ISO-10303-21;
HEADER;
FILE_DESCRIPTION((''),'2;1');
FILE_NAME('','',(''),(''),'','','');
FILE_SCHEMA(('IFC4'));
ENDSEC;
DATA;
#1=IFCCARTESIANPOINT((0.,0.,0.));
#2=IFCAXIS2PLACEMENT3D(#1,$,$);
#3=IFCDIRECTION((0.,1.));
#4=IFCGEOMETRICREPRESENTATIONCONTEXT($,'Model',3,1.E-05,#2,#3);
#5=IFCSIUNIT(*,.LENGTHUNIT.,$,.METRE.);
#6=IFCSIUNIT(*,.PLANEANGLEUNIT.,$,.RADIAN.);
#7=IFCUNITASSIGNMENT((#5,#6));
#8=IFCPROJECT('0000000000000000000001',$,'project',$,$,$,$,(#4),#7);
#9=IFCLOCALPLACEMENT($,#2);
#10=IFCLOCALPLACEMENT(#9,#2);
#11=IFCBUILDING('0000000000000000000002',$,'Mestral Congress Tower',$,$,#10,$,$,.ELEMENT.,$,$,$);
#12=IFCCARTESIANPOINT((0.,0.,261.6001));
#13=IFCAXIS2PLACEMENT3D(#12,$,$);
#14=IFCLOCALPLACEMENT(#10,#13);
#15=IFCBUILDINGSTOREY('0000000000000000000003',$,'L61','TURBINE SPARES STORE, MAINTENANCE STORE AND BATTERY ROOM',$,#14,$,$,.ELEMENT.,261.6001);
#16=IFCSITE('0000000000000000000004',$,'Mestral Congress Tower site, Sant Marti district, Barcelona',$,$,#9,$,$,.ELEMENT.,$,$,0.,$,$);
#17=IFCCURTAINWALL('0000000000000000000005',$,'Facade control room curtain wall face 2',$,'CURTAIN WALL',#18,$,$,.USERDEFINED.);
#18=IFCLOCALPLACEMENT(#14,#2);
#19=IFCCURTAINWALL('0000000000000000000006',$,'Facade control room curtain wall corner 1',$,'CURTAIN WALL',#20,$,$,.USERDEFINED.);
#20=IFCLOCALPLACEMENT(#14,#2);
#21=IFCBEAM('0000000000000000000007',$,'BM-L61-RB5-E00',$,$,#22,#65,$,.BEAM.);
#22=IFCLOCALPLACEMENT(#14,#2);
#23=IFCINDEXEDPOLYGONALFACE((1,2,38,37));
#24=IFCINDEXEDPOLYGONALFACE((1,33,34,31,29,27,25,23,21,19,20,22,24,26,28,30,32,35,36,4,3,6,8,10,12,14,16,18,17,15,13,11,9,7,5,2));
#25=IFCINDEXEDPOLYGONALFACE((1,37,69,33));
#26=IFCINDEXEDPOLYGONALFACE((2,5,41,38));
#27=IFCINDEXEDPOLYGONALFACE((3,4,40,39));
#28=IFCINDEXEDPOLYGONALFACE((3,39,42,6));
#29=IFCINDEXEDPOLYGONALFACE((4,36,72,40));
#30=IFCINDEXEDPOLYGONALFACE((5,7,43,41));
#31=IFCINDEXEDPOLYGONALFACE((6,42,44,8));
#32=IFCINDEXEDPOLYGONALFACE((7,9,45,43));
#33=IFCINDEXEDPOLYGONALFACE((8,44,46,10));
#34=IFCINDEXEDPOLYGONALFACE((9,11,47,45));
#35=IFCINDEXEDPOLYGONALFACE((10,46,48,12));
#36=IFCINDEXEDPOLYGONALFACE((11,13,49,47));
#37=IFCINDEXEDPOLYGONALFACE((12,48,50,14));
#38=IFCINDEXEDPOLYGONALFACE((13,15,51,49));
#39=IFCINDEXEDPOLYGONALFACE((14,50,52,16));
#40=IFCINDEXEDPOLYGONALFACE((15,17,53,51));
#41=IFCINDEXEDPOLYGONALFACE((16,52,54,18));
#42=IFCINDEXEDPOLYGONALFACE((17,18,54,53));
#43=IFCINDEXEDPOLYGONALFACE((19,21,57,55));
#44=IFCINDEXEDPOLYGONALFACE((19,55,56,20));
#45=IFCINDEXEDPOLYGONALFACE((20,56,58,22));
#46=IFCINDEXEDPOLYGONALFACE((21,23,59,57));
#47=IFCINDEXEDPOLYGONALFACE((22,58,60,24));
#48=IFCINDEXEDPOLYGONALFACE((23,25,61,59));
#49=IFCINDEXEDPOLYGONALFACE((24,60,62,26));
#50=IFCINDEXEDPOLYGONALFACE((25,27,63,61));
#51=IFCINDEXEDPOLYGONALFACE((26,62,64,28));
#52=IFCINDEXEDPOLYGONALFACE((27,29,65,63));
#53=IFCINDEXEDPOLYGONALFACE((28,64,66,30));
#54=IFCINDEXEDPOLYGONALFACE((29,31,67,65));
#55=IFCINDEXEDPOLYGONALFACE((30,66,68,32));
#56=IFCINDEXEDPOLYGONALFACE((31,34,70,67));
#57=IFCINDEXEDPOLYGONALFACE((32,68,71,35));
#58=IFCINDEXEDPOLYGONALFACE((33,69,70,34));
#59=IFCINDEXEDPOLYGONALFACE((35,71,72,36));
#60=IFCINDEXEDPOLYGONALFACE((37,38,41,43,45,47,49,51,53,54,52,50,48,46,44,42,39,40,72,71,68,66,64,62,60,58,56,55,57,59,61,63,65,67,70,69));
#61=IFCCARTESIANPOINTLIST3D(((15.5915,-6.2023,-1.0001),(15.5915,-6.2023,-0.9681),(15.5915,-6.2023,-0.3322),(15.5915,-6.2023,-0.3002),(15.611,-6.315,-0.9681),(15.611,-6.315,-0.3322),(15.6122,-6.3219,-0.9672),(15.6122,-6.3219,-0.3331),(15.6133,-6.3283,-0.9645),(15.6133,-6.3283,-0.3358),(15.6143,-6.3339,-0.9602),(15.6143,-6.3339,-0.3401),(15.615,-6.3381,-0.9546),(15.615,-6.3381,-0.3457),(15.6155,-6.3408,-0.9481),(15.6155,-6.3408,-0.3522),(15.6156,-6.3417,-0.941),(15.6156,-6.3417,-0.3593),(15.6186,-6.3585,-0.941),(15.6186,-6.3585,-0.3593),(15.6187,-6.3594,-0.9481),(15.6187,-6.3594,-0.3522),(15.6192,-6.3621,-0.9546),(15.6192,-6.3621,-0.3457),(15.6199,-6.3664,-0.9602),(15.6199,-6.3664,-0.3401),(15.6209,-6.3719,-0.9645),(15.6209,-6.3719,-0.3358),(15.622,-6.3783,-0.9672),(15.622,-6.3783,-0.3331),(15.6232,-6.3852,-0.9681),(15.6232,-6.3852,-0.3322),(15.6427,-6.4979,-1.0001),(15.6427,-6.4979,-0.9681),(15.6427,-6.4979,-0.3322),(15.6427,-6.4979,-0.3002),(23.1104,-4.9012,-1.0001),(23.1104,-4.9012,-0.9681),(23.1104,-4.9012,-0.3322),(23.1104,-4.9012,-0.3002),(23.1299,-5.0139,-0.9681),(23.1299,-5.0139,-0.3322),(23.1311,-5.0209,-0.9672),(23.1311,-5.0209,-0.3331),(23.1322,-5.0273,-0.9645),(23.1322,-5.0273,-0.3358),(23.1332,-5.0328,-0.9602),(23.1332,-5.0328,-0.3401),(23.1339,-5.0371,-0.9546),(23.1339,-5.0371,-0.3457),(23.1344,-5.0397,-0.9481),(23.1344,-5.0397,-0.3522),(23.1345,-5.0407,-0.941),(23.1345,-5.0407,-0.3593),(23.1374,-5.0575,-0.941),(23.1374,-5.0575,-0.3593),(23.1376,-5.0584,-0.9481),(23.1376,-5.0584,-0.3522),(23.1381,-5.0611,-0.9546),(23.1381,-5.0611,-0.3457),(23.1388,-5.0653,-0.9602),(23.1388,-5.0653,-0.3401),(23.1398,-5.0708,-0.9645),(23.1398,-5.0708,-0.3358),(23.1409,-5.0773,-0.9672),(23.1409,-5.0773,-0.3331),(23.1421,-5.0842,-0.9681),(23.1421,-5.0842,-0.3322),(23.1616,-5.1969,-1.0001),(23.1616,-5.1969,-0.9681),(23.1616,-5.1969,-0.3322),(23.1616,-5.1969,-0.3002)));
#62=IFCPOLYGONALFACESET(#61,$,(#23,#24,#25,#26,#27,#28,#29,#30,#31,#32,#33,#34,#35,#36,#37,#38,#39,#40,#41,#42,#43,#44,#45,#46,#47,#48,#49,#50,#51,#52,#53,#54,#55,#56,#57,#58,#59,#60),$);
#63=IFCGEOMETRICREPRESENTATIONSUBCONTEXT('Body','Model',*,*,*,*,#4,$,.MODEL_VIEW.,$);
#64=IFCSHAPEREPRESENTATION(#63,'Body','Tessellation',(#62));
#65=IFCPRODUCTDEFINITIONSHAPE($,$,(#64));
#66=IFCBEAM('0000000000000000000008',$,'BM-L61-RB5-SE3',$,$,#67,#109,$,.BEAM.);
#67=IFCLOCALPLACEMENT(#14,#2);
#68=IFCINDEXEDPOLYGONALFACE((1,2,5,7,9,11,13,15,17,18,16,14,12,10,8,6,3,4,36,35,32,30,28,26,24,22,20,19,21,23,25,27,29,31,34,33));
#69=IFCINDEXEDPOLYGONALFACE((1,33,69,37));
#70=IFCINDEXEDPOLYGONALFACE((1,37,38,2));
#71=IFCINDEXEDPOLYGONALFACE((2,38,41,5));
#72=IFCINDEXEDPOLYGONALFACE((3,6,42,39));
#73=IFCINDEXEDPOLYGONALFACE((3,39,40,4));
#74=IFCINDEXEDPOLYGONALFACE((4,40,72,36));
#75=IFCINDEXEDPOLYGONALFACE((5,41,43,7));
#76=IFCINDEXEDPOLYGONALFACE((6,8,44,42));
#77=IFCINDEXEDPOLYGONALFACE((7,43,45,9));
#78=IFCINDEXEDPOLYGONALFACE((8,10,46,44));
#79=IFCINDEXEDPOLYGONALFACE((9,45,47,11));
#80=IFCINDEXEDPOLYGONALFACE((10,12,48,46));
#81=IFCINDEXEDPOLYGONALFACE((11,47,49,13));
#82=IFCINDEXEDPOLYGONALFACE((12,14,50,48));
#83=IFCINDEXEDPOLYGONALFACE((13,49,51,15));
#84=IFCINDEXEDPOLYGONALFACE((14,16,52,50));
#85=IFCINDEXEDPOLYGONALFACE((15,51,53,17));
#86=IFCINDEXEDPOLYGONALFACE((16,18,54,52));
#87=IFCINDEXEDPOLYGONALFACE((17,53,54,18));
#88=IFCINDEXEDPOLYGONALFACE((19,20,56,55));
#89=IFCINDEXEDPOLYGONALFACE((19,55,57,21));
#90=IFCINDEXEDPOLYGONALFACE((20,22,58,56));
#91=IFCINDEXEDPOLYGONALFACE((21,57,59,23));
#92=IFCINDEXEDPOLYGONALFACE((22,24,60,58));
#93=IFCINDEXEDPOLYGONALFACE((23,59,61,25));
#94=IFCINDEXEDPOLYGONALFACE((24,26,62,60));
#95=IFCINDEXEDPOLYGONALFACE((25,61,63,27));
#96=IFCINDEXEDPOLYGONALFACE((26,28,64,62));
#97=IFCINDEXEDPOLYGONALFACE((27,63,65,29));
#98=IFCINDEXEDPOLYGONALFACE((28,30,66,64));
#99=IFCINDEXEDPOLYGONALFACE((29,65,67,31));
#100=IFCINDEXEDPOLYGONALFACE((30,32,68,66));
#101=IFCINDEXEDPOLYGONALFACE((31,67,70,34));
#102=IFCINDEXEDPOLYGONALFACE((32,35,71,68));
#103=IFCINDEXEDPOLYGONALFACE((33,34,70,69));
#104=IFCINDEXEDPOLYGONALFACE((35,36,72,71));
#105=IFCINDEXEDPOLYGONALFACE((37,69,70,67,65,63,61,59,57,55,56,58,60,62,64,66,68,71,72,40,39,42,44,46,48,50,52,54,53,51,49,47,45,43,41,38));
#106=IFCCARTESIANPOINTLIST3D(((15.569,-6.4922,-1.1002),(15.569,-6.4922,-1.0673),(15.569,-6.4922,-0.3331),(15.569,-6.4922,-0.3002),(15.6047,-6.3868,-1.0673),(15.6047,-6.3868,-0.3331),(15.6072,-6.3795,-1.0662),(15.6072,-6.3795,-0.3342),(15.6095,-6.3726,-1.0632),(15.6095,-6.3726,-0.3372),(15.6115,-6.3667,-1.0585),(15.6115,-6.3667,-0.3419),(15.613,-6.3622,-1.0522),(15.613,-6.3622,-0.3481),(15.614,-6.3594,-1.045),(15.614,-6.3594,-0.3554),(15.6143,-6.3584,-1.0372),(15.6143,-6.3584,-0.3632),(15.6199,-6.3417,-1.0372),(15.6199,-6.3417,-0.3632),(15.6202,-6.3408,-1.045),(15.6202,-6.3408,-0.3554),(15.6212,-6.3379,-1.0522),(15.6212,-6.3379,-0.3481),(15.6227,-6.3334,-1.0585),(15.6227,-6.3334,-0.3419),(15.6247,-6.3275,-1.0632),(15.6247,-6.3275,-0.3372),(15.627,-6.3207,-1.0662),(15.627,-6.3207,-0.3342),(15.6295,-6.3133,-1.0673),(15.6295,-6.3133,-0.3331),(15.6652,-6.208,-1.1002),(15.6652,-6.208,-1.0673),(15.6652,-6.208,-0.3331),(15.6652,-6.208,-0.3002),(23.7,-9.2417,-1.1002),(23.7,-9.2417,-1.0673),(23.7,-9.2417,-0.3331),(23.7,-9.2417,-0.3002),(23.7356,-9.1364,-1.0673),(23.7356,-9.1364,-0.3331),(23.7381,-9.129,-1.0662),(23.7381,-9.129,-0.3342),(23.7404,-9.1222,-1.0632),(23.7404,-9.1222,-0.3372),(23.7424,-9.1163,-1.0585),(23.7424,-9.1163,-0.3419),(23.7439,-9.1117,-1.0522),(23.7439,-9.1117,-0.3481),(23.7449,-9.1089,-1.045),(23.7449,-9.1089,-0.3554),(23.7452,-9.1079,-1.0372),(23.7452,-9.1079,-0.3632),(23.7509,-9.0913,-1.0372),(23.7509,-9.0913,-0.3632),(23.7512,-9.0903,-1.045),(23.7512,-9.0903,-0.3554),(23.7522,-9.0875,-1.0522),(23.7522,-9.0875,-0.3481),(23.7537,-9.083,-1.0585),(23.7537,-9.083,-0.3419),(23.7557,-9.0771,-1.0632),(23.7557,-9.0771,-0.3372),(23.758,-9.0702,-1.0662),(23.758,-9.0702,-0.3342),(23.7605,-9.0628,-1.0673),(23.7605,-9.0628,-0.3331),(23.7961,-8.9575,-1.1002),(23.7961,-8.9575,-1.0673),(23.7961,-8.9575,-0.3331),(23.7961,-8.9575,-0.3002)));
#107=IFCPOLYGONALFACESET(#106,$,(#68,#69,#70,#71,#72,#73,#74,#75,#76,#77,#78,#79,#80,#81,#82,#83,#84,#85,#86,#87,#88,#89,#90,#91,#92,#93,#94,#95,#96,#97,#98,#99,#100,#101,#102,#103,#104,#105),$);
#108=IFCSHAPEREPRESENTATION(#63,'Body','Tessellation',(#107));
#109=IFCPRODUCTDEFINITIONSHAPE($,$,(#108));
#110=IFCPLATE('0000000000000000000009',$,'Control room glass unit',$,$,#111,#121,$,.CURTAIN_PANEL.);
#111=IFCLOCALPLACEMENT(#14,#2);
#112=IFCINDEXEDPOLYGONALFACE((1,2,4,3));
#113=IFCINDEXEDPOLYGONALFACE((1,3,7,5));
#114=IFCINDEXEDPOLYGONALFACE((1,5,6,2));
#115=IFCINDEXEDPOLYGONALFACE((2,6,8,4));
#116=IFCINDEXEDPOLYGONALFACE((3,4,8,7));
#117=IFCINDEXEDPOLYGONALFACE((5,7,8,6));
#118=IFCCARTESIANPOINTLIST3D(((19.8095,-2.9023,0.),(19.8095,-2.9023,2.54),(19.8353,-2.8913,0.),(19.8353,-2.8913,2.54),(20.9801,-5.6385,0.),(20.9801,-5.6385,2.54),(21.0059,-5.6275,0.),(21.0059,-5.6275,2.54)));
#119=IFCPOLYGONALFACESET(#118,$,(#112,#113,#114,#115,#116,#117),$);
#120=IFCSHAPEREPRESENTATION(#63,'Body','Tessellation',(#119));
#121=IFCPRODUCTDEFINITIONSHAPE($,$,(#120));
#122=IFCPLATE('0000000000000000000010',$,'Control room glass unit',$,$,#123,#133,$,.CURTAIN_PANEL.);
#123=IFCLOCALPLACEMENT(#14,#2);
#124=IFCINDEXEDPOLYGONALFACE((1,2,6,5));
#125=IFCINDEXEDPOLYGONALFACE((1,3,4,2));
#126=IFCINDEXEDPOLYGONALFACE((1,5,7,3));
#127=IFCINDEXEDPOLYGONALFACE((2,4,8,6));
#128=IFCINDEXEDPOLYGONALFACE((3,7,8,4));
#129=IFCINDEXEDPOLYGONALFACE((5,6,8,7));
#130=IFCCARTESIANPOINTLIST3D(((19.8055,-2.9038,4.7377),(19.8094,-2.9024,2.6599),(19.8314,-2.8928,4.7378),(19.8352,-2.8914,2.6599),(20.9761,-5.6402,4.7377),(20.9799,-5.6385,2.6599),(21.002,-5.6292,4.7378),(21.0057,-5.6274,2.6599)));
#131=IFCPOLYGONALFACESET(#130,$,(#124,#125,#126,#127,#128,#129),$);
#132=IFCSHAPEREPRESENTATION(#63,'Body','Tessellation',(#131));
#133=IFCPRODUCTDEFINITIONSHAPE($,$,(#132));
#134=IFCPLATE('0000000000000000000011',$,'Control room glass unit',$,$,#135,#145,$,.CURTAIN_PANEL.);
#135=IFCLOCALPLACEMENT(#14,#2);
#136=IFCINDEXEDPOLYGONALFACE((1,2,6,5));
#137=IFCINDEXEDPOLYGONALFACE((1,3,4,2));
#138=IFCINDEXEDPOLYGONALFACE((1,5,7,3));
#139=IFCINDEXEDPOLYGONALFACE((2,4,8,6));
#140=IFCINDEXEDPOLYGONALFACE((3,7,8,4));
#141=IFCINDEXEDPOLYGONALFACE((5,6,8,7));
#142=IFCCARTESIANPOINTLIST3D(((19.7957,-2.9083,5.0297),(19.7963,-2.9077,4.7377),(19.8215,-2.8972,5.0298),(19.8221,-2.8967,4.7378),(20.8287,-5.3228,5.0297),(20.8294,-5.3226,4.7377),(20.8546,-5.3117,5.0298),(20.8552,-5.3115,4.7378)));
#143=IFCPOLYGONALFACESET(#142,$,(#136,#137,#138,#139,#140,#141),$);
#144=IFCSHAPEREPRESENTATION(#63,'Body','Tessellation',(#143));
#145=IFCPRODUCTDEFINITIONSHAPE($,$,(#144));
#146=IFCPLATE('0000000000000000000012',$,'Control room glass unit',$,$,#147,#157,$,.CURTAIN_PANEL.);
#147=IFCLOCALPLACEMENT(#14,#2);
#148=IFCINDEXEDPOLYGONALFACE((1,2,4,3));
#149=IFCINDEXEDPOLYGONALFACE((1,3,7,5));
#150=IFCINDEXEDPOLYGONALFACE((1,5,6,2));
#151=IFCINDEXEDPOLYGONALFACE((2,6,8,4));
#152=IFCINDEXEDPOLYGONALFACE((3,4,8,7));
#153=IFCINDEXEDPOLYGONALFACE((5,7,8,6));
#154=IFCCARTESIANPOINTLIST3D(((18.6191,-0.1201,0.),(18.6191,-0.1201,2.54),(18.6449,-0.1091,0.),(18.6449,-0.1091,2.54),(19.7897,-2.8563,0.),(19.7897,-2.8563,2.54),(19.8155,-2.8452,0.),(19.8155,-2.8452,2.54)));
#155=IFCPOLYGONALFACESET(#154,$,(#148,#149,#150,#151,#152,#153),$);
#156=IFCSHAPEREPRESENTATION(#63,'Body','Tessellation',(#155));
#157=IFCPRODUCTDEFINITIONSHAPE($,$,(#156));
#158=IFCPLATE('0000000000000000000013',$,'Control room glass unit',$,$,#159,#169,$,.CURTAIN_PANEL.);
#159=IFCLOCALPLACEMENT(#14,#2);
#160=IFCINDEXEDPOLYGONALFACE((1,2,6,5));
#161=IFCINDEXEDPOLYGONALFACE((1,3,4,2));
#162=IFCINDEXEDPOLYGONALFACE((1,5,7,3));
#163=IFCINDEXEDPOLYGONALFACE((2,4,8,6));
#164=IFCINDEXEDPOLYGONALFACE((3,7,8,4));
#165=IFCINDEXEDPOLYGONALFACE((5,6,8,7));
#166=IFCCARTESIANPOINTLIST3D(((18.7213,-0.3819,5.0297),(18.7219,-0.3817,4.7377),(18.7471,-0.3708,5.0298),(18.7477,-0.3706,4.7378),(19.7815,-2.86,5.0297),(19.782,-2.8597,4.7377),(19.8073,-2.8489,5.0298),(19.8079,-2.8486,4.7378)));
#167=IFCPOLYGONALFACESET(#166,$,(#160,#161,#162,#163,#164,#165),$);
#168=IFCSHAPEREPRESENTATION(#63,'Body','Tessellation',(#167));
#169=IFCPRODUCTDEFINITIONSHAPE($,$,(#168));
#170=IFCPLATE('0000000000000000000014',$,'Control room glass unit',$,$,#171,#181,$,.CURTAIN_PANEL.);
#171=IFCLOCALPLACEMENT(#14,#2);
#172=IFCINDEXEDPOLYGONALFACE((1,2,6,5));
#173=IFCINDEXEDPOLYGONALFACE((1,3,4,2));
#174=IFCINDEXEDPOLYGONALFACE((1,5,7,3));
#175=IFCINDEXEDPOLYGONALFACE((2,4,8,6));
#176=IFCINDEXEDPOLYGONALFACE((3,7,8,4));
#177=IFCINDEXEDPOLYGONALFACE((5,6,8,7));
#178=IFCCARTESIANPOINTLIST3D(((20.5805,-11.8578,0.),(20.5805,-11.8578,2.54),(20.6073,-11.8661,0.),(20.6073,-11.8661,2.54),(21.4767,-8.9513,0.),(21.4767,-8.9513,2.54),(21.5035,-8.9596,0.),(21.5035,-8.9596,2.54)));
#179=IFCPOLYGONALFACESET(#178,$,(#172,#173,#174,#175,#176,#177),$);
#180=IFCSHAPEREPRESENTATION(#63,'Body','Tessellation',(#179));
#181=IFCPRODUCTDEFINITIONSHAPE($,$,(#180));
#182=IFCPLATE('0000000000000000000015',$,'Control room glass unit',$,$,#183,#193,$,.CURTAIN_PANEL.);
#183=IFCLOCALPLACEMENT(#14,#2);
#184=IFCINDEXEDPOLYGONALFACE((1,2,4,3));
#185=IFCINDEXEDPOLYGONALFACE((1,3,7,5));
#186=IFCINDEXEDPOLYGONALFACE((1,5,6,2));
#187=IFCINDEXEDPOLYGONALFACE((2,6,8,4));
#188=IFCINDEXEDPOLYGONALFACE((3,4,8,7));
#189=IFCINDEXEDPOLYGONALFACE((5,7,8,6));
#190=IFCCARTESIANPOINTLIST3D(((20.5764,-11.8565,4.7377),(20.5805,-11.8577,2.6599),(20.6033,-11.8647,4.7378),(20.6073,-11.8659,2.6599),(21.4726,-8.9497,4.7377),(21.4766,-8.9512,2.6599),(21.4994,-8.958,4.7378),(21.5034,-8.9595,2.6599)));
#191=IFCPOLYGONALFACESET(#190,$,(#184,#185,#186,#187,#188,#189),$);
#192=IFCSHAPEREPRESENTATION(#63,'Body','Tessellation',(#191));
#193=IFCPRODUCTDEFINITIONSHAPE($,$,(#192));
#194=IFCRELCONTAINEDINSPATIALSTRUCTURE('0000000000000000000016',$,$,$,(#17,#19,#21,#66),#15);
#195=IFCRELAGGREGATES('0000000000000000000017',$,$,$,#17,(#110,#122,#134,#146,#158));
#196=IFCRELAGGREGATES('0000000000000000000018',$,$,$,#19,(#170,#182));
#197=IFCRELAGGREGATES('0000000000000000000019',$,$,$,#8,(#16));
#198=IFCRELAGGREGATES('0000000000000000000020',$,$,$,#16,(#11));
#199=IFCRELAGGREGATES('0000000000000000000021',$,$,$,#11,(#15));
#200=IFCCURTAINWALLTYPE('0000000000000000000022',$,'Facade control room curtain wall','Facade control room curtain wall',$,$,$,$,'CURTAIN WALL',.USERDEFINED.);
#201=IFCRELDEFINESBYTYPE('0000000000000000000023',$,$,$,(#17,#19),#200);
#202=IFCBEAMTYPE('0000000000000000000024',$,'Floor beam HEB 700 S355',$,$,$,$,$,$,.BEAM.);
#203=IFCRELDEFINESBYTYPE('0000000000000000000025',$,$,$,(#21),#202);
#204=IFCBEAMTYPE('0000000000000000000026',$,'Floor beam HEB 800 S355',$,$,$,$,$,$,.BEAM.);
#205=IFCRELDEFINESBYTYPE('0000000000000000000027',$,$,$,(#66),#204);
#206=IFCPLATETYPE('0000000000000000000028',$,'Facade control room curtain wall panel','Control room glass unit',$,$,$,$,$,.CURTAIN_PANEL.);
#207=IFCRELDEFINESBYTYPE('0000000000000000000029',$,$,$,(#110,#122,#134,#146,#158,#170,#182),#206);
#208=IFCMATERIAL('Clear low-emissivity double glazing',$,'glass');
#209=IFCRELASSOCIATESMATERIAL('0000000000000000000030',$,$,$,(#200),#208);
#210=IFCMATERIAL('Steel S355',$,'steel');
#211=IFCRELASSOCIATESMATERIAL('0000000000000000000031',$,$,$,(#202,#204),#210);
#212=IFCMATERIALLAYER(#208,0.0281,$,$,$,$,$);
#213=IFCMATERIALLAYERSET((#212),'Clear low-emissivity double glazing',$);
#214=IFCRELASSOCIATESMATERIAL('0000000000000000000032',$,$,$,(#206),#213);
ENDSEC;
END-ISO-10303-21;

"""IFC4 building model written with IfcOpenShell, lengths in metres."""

from ifc_helpers import new_model, si_unit, direction, frame, origin, origin_2d, place, context, subcontext, project, spatial, polyline, rectangle, i_section, outline, extrude, material, layer, layer_set, material_profile, profile_set, type_object, element, aggregate, save


model = new_model("IFC4")

# Units and contexts
model_context = context("Model", 3, precision=1e-05, world=origin(), true_north=direction((0.0, 1.0)))
body_context = subcontext(model_context, "Body", "Model", "MODEL_VIEW")
ifc_project = project(units=[si_unit("LENGTHUNIT", "METRE"), si_unit("PLANEANGLEUNIT", "RADIAN")], contexts=[model_context])

# Site, building, storey
site_placement = place(None, origin())
site = spatial("IfcSite", under=ifc_project, at=site_placement, Name="Mestral Congress Tower site, Sant Marti district, Barcelona", CompositionType="ELEMENT", RefElevation=0.0)
building_placement = place(site_placement, origin())
building = spatial("IfcBuilding", under=site, at=building_placement, Name="Mestral Congress Tower", CompositionType="ELEMENT")
storey_placement = place(building_placement, frame((0.0, 0.0, 261.6001)))
storey = spatial("IfcBuildingStorey", under=building, at=storey_placement, Name="L61", Description="TURBINE SPARES STORE, MAINTENANCE STORE AND BATTERY ROOM", CompositionType="ELEMENT", Elevation=261.6001)

# Curtain wall
ifc_material_1 = material(Name="Clear low-emissivity double glazing", Category="glass")
curtain_wall_type = type_object("IfcCurtainWallType", Name="Facade control room curtain wall", Description="Facade control room curtain wall", ElementType="CURTAIN WALL", PredefinedType="USERDEFINED", material=ifc_material_1)
placement = place(storey_placement, origin())
curtain_wall_1 = element("IfcCurtainWall", 1, at=placement, inside=storey, type_object=curtain_wall_type, Name="Facade control room curtain wall face 2", ObjectType="CURTAIN WALL", PredefinedType="USERDEFINED")

# Curtain wall
curtain_wall_2 = element("IfcCurtainWall", 2, at=placement, inside=storey, type_object=curtain_wall_type, Name="Facade control room curtain wall corner 1", ObjectType="CURTAIN WALL", PredefinedType="USERDEFINED")

# Beams
ifc_material_2 = material(Name="Steel S355", Category="steel")
ifc_material_profile_1 = material_profile(ifc_material_2, i_section(OverallWidth=0.3, OverallDepth=0.7, WebThickness=0.0171, FlangeThickness=0.032, FilletRadius=0.0271, at=origin_2d()), Name="HEB 700")
ifc_profile_set_1 = profile_set([ifc_material_profile_1], Name="Steel S355")
beam_type_1 = type_object("IfcBeamType", Name="Floor beam HEB 700 S355", PredefinedType="BEAM", material=ifc_profile_set_1)
beam_1_placement = place(storey_placement, frame((23.136, -5.0491, -0.6501), z_axis=(-0.985357, -0.170503, 0.0), x_axis=(0.170503, -0.985357, 0.0)))
element("IfcBeam", 3, at=beam_1_placement, inside=storey, type_object=beam_type_1, Name="BM-L61-RB5-E00", PredefinedType="BEAM", context=body_context, shape_type="SweptSolid", body=[
    extrude(i_section(OverallWidth=0.3, OverallDepth=0.7, WebThickness=0.0171, FlangeThickness=0.032, FilletRadius=0.0271, at=origin_2d()), origin(), (0.0, 0.0, 1.0), 7.6306),
])
ifc_material_profile_2 = material_profile(ifc_material_2, i_section(OverallWidth=0.3, OverallDepth=0.8, WebThickness=0.0176, FlangeThickness=0.033, FilletRadius=0.03, at=origin_2d()), Name="HEB 800")
ifc_profile_set_2 = profile_set([ifc_material_profile_2], Name="Steel S355")
beam_type_2 = type_object("IfcBeamType", Name="Floor beam HEB 800 S355", PredefinedType="BEAM", material=ifc_profile_set_2)
beam_2_placement = place(storey_placement, frame((23.748, -9.0996, -0.7002), z_axis=(-0.947303, 0.320338, 0.0), x_axis=(-0.320338, -0.947303, 0.0)))
element("IfcBeam", 4, at=beam_2_placement, inside=storey, type_object=beam_type_2, Name="BM-L61-RB5-SE3", PredefinedType="BEAM", context=body_context, shape_type="SweptSolid", body=[
    extrude(i_section(OverallWidth=0.3, OverallDepth=0.8, WebThickness=0.0176, FlangeThickness=0.033, FilletRadius=0.03, at=origin_2d()), origin(), (0.0, 0.0, 1.0), 8.5833),
])

# Plates
ifc_layer_1 = layer(ifc_material_1, 0.0281)
ifc_layer_set_1 = layer_set([ifc_layer_1], Name="Clear low-emissivity double glazing")
plate_type = type_object("IfcPlateType", Name="Facade control room curtain wall panel", Description="Control room glass unit", PredefinedType="CURTAIN_PANEL", material=ifc_layer_set_1)
plate_1_placement = place(storey_placement, frame((20.4077, -4.2649, 0.0), z_axis=(0.0, 0.0, 1.0), x_axis=(-0.393348, 0.91939, 0.0)))
plate_1 = element("IfcPlate", 5, at=plate_1_placement, type_object=plate_type, Name="Control room glass unit", PredefinedType="CURTAIN_PANEL", context=body_context, shape_type="SweptSolid", body=[
    extrude(rectangle(XDim=2.9761, YDim=0.0281, at=origin_2d()), origin(), (0.0, 0.0, 1.0), 2.54),
])
plate_2_placement = place(storey_placement, frame((19.8352, -2.8914, 2.6599), z_axis=(0.919402, 0.393315, 0.001975), x_axis=(0.393315, -0.919404, 0.0)))
plate_2 = element("IfcPlate", 6, at=plate_2_placement, type_object=plate_type, Name="Control room glass unit", PredefinedType="CURTAIN_PANEL", context=body_context, shape_type="SweptSolid", body=[
    extrude(outline(polyline([(0.0, 0.0), (2.9759, 0.0), (2.976, -2.0779), (-0.0002, -2.0779), (0.0, 0.0)])), origin(), (0.0, 0.0, -1.0), 0.0281),
])
plate_3_placement = place(storey_placement, frame((19.8215, -2.8972, 5.0298), z_axis=(0.919387, 0.393346, 0.002415), x_axis=(0.001874, 0.001759, -0.999997)))
plate_3 = element("IfcPlate", 7, at=plate_3_placement, type_object=plate_type, Name="Control room glass unit", PredefinedType="CURTAIN_PANEL", context=body_context, shape_type="SweptSolid", body=[
    extrude(outline(polyline([(0.0, 0.0), (0.292, 0.0), (0.2897, -2.6265), (-0.0023, -2.6262), (0.0, 0.0)])), origin(), (0.0, 0.0, -1.0), 0.0281),
])
plate_4_placement = place(storey_placement, frame((19.2173, -1.4827, 0.0), z_axis=(0.0, 0.0, 1.0), x_axis=(-0.393348, 0.91939, 0.0)))
plate_4 = element("IfcPlate", 8, at=plate_4_placement, type_object=plate_type, Name="Control room glass unit", PredefinedType="CURTAIN_PANEL", context=body_context, shape_type="SweptSolid", body=[
    extrude(rectangle(XDim=2.9761, YDim=0.0281, at=origin_2d()), origin(), (0.0, 0.0, 1.0), 2.54),
])
plate_5_placement = place(storey_placement, frame((19.8079, -2.8486, 4.7378), z_axis=(0.919388, 0.393344, 0.002251), x_axis=(-0.002026, -0.000987, 0.999997)))
plate_5 = element("IfcPlate", 9, at=plate_5_placement, type_object=plate_type, Name="Control room glass unit", PredefinedType="CURTAIN_PANEL", context=body_context, shape_type="SweptSolid", body=[
    extrude(outline(polyline([(0.0, 0.0), (0.292, 0.0), (0.2917, -2.6953), (-0.0003, -2.6952), (0.0, 0.0)])), origin(), (0.0, 0.0, -1.0), 0.0281),
])
aggregate(curtain_wall_1, [plate_1, plate_2, plate_3, plate_4, plate_5])
plate_6_placement = place(storey_placement, frame((21.042, -10.4087, 0.0), z_axis=(0.0, 0.0, 1.0), x_axis=(0.294651, 0.955605, 0.0)))
plate_6 = element("IfcPlate", 10, at=plate_6_placement, type_object=plate_type, Name="Control room glass unit", PredefinedType="CURTAIN_PANEL", context=body_context, shape_type="SweptSolid", body=[
    extrude(rectangle(XDim=3.0415, YDim=0.0281, at=origin_2d()), origin(), (0.0, 0.0, 1.0), 2.54),
])
plate_7_placement = place(storey_placement, frame((21.5034, -8.9595, 2.6599), z_axis=(0.955613, -0.294618, 0.002043), x_axis=(-0.294619, -0.955615, 0.0)))
plate_7 = element("IfcPlate", 11, at=plate_7_placement, type_object=plate_type, Name="Control room glass unit", PredefinedType="CURTAIN_PANEL", context=body_context, shape_type="SweptSolid", body=[
    extrude(outline(polyline([(0.0, 0.0), (3.0415, 0.0), (3.0415, -2.0779), (-0.0002, -2.0779), (0.0, 0.0)])), origin(), (0.0, 0.0, -1.0), 0.0281),
])
aggregate(curtain_wall_2, [plate_6, plate_7])

save(model, "model.ifc")
